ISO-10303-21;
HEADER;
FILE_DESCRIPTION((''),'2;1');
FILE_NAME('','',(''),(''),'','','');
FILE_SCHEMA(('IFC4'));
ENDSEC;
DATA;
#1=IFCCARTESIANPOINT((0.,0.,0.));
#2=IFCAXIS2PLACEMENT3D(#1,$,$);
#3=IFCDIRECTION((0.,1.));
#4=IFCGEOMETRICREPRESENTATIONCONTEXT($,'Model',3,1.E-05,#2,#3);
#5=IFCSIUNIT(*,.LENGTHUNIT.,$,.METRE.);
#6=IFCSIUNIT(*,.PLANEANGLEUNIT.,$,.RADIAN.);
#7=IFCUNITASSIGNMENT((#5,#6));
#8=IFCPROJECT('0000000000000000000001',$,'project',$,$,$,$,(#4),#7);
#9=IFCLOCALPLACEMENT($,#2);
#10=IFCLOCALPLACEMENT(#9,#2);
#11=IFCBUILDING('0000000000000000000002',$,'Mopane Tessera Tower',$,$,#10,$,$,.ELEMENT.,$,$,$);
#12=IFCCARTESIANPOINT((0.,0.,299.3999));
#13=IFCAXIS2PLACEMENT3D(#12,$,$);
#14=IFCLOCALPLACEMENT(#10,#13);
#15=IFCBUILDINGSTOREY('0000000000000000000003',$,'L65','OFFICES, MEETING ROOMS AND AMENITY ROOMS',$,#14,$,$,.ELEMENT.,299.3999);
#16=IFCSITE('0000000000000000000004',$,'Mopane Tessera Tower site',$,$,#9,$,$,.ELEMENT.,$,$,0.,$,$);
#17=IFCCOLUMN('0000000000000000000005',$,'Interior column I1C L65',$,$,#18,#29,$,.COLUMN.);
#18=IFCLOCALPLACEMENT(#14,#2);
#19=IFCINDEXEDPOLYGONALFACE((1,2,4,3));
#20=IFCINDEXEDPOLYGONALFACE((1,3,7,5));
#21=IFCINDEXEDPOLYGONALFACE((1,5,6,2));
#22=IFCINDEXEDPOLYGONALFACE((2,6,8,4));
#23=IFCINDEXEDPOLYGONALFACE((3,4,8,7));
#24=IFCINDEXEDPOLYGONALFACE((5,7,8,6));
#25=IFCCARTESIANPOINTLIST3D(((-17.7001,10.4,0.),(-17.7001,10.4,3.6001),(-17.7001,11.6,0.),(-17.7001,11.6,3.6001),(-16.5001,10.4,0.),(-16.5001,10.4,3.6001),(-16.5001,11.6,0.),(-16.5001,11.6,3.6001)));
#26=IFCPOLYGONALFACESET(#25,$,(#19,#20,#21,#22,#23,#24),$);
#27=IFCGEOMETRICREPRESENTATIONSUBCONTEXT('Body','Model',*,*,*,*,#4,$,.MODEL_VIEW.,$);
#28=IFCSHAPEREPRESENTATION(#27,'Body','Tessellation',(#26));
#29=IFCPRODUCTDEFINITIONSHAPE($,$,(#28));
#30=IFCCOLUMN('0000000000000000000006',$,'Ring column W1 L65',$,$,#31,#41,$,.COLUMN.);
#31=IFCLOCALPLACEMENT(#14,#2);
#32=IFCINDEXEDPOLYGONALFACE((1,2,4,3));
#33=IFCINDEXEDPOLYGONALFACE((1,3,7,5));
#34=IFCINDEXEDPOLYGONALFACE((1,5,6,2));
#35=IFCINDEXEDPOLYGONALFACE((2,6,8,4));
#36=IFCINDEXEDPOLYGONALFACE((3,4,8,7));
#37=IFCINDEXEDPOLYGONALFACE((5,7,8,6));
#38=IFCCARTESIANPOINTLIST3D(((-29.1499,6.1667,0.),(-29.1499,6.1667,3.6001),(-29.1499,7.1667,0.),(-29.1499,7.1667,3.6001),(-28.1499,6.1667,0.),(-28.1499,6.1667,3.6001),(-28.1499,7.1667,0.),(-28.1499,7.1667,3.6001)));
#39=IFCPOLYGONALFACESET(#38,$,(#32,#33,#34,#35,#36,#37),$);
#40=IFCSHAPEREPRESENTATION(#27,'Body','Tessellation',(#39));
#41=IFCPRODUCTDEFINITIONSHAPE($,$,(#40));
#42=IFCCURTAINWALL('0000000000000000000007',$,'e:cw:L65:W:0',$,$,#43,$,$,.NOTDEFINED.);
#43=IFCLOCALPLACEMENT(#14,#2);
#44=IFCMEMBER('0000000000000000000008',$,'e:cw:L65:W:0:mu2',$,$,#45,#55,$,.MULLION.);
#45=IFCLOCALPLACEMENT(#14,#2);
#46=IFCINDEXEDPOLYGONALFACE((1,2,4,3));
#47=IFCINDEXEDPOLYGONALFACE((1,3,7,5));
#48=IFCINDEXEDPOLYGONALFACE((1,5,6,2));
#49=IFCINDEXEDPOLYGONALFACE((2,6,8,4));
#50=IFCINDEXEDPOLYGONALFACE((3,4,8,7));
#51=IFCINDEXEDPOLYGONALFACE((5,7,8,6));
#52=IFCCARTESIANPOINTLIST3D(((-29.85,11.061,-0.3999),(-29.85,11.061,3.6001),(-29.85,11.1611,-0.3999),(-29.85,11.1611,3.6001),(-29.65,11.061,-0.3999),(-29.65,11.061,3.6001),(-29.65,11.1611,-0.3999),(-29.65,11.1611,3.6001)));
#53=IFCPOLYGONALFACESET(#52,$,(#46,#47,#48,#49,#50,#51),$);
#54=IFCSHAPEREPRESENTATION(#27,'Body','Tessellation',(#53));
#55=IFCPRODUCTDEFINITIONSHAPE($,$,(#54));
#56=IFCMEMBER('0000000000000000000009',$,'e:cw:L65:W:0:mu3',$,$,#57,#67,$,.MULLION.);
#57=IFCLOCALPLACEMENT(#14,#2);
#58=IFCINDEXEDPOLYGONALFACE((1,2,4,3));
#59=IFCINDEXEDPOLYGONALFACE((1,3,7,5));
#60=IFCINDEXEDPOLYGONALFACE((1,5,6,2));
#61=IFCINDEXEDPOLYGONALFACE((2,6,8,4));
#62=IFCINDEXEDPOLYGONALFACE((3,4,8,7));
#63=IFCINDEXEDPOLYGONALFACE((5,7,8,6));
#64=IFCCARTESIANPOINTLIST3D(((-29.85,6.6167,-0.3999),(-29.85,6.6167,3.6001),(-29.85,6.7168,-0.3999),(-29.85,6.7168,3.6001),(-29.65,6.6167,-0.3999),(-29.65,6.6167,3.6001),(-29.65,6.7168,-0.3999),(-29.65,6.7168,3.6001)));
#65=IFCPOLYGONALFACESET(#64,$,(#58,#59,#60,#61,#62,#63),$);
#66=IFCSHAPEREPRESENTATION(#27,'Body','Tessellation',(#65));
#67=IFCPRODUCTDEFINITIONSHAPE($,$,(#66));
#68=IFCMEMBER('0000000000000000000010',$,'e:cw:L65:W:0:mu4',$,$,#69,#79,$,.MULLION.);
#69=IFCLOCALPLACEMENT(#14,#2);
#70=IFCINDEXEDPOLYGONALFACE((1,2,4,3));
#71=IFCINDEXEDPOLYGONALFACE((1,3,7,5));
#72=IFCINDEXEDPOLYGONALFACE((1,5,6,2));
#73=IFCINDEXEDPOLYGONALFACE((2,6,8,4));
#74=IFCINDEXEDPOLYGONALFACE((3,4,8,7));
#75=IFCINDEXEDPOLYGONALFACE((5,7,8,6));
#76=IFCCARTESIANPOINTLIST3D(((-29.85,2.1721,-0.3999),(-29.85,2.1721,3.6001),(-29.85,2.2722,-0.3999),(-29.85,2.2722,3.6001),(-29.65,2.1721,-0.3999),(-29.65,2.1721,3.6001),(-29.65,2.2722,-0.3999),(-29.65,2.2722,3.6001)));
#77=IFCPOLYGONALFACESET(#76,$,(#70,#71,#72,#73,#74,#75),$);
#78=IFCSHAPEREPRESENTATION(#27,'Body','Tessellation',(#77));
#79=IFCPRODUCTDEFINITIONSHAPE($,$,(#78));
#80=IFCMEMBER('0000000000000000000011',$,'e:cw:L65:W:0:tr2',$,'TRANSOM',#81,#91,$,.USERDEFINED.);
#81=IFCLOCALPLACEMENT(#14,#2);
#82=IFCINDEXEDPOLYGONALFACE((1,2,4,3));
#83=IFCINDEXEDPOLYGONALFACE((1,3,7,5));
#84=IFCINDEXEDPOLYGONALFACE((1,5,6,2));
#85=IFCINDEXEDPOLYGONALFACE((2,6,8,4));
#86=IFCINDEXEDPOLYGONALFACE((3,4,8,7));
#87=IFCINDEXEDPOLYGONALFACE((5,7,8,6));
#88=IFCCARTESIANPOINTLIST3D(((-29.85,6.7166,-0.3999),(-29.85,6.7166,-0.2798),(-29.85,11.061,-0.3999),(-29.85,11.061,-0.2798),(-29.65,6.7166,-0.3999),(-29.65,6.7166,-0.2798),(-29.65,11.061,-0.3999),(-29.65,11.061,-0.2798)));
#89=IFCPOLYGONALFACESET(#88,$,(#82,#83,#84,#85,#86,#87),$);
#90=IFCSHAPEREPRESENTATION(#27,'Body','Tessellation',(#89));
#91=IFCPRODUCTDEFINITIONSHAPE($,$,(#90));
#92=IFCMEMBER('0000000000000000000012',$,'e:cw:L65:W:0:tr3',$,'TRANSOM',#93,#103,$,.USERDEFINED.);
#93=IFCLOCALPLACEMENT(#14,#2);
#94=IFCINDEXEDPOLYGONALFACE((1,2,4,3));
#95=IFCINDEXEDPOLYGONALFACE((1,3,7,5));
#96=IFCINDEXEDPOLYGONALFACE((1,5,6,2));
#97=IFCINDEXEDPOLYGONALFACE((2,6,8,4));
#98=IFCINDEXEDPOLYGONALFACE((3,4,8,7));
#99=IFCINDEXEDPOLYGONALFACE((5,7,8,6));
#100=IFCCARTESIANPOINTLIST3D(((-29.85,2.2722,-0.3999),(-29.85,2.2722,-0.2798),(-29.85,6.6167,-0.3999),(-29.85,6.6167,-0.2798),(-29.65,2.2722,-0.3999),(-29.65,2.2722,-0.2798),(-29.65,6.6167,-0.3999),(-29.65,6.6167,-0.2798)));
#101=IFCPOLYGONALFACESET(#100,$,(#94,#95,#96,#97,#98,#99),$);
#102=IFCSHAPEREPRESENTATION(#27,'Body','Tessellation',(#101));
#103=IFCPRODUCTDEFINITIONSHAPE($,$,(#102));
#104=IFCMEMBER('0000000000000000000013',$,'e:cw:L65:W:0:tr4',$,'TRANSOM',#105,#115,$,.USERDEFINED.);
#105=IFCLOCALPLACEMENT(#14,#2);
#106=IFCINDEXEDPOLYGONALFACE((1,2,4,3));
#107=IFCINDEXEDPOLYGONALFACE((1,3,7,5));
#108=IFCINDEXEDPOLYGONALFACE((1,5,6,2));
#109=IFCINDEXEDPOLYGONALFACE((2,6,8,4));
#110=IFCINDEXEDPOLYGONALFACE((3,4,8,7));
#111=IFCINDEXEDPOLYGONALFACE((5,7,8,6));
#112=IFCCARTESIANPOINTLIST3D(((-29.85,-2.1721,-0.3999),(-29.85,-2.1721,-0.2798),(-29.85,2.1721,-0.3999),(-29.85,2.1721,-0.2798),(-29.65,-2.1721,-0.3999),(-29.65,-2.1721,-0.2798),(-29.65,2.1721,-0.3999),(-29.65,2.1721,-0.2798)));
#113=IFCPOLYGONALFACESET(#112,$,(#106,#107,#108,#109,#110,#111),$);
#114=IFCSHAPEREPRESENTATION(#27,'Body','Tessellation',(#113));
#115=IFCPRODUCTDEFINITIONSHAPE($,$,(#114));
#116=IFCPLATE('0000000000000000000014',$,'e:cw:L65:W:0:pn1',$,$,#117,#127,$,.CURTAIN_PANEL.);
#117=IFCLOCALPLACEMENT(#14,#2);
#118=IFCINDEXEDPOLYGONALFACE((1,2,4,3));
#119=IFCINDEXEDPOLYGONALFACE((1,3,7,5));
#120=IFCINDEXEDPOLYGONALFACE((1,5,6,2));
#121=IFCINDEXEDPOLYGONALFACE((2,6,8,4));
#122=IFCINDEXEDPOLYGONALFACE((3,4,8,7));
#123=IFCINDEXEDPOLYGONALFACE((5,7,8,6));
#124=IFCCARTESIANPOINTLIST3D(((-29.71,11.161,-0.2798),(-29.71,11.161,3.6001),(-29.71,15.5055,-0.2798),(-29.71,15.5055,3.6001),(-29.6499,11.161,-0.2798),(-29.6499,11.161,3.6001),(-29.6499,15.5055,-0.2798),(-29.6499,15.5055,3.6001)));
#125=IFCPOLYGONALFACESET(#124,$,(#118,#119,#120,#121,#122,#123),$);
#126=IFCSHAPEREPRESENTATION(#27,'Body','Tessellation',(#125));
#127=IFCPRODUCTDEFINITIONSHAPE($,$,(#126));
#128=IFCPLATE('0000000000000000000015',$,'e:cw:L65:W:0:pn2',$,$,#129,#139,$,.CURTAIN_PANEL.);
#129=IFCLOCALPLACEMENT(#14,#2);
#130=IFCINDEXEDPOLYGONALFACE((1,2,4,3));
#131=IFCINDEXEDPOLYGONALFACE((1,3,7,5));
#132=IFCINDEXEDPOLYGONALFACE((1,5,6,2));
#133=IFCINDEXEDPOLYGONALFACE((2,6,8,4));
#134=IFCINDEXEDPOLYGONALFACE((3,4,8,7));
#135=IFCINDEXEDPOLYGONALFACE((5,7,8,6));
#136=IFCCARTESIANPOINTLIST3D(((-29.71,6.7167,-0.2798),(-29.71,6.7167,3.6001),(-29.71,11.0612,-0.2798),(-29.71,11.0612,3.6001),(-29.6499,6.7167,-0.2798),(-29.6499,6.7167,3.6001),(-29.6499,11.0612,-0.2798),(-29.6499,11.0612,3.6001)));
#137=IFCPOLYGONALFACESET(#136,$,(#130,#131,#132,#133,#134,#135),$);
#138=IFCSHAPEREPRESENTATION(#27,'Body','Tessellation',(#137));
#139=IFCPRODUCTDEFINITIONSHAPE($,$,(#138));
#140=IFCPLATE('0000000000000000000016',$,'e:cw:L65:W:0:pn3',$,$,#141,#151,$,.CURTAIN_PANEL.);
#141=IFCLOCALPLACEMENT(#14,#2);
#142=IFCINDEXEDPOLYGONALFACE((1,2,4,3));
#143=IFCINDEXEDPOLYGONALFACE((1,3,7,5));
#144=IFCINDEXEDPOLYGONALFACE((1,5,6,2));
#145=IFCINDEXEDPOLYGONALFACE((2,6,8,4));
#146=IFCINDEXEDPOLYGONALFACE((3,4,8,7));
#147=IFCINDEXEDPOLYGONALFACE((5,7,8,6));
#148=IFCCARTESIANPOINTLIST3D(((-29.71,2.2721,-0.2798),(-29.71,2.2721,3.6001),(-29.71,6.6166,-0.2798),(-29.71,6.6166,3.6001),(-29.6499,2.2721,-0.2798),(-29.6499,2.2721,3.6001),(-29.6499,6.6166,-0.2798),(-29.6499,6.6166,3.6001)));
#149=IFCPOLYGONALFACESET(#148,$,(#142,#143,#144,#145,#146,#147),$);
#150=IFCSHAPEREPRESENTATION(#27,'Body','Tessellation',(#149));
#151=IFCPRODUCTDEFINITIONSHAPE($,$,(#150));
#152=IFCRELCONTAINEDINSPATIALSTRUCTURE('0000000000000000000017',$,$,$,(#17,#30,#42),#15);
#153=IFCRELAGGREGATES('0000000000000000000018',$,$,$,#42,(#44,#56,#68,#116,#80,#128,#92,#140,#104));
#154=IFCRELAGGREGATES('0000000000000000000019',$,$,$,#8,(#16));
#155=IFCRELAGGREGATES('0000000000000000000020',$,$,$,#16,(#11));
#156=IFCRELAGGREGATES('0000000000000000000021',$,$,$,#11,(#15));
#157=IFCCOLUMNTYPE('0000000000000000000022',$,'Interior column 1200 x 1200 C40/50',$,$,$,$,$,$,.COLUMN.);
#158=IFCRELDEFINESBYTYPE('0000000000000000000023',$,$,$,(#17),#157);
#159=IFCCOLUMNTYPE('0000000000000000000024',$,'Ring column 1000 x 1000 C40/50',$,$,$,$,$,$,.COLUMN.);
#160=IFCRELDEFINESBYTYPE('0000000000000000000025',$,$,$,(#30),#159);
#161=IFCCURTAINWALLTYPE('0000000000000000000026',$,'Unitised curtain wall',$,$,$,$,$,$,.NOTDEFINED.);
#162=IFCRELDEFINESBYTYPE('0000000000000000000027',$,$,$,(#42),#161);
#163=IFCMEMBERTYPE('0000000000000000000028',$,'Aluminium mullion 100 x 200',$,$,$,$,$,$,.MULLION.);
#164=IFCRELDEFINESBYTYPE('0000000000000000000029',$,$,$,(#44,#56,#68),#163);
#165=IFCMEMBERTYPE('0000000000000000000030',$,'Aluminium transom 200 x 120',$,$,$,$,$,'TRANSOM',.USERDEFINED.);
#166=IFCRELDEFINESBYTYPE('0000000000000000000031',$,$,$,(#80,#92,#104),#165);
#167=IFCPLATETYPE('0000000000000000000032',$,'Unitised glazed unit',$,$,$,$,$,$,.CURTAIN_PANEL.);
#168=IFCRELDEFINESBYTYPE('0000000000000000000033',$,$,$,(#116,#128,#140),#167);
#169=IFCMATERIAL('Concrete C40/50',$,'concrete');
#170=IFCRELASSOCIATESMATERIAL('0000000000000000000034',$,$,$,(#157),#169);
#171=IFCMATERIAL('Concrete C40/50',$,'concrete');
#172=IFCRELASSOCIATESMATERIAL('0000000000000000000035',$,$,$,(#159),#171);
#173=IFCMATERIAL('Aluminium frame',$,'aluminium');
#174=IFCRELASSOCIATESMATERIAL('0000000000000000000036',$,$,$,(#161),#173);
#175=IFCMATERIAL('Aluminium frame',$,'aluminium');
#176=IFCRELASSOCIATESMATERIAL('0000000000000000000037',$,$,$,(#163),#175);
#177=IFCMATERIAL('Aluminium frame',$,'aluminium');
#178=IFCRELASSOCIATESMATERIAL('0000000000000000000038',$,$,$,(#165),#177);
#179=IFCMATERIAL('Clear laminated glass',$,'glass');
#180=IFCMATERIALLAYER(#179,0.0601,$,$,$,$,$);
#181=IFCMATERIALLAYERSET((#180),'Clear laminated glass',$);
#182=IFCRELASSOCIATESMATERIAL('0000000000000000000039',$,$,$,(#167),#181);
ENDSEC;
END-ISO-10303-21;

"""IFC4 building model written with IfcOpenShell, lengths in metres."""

from ifc_helpers import new_model, si_unit, direction, frame, origin, origin_2d, place, context, subcontext, project, spatial, rectangle, extrude, material, layer, layer_set, material_profile, profile_set, type_object, element, aggregate, save


model = new_model("IFC4")

# Units and contexts
model_context = context("Model", 3, precision=1e-05, world=origin(), true_north=direction((0.0, 1.0)))
body_context = subcontext(model_context, "Body", "Model", "MODEL_VIEW")
ifc_project = project(units=[si_unit("LENGTHUNIT", "METRE"), si_unit("PLANEANGLEUNIT", "RADIAN")], contexts=[model_context])

# Site, building, storey
site_placement = place(None, origin())
site = spatial("IfcSite", under=ifc_project, at=site_placement, Name="Mopane Tessera Tower site", CompositionType="ELEMENT", RefElevation=0.0)
building_placement = place(site_placement, origin())
building = spatial("IfcBuilding", under=site, at=building_placement, Name="Mopane Tessera Tower", CompositionType="ELEMENT")
storey_placement = place(building_placement, frame((0.0, 0.0, 299.3999)))
storey = spatial("IfcBuildingStorey", under=building, at=storey_placement, Name="L65", Description="OFFICES, MEETING ROOMS AND AMENITY ROOMS", CompositionType="ELEMENT", Elevation=299.3999)

# Columns
ifc_material_1 = material(Name="Concrete C40/50", Category="concrete")
ifc_material_profile_1 = material_profile(ifc_material_1, rectangle(XDim=1.2, YDim=1.2, at=origin_2d()))
ifc_profile_set_1 = profile_set([ifc_material_profile_1], Name="Concrete C40/50")
column_type_1 = type_object("IfcColumnType", Name="Interior column 1200 x 1200 C40/50", PredefinedType="COLUMN", material=ifc_profile_set_1)
column_1_placement = place(storey_placement, frame((-17.1001, 11.0, 0.0), z_axis=(0.0, 0.0, 1.0), x_axis=(1.0, 0.0, 0.0)))
element("IfcColumn", 1, at=column_1_placement, inside=storey, type_object=column_type_1, Name="Interior column I1C L65", PredefinedType="COLUMN", context=body_context, shape_type="SweptSolid", body=[
    extrude(rectangle(XDim=1.2, YDim=1.2, at=origin_2d()), origin(), (0.0, 0.0, 1.0), 3.6001),
])
ifc_material_2 = material(Name="Concrete C40/50", Category="concrete")
ifc_material_profile_2 = material_profile(ifc_material_2, rectangle(XDim=1.0, YDim=1.0, at=origin_2d()))
ifc_profile_set_2 = profile_set([ifc_material_profile_2], Name="Concrete C40/50")
column_type_2 = type_object("IfcColumnType", Name="Ring column 1000 x 1000 C40/50", PredefinedType="COLUMN", material=ifc_profile_set_2)
column_2_placement = place(storey_placement, frame((-28.6499, 6.6667, 0.0), z_axis=(0.0, 0.0, 1.0), x_axis=(1.0, 0.0, 0.0)))
element("IfcColumn", 2, at=column_2_placement, inside=storey, type_object=column_type_2, Name="Ring column W1 L65", PredefinedType="COLUMN", context=body_context, shape_type="SweptSolid", body=[
    extrude(rectangle(XDim=1.0, YDim=1.0, at=origin_2d()), origin(), (0.0, 0.0, 1.0), 3.6001),
])

# Curtain wall, members, plates
ifc_material_3 = material(Name="Aluminium frame", Category="aluminium")
curtain_wall_type = type_object("IfcCurtainWallType", Name="Unitised curtain wall", PredefinedType="NOTDEFINED", material=ifc_material_3)
curtain_wall_placement = place(storey_placement, origin())
curtain_wall = element("IfcCurtainWall", 3, at=curtain_wall_placement, inside=storey, type_object=curtain_wall_type, Name="e:cw:L65:W:0", PredefinedType="NOTDEFINED")
ifc_material_4 = material(Name="Aluminium frame", Category="aluminium")
ifc_material_profile_3 = material_profile(ifc_material_4, rectangle(XDim=0.1001, YDim=0.2, at=origin_2d()))
ifc_profile_set_3 = profile_set([ifc_material_profile_3], Name="Aluminium frame")
member_type_1 = type_object("IfcMemberType", Name="Aluminium mullion 100 x 200", PredefinedType="MULLION", material=ifc_profile_set_3)
member_1_placement = place(storey_placement, frame((-29.75, 11.1111, -0.3999), z_axis=(0.0, 0.0, 1.0), x_axis=(0.0, -1.0, 0.0)))
member_1 = element("IfcMember", 4, at=member_1_placement, type_object=member_type_1, Name="e:cw:L65:W:0:mu2", PredefinedType="MULLION", context=body_context, shape_type="SweptSolid", body=[
    extrude(rectangle(XDim=0.1001, YDim=0.2, at=origin_2d()), origin(), (0.0, 0.0, 1.0), 4.0),
])
member_2_placement = place(storey_placement, frame((-29.75, 6.6667, -0.3999), z_axis=(0.0, 0.0, 1.0), x_axis=(0.0, -1.0, 0.0)))
member_2 = element("IfcMember", 5, at=member_2_placement, type_object=member_type_1, Name="e:cw:L65:W:0:mu3", PredefinedType="MULLION", context=body_context, shape_type="SweptSolid", body=[
    extrude(rectangle(XDim=0.1001, YDim=0.2, at=origin_2d()), origin(), (0.0, 0.0, 1.0), 4.0),
])
member_3_placement = place(storey_placement, frame((-29.75, 2.2222, -0.3999), z_axis=(0.0, 0.0, 1.0), x_axis=(0.0, -1.0, 0.0)))
member_3 = element("IfcMember", 6, at=member_3_placement, type_object=member_type_1, Name="e:cw:L65:W:0:mu4", PredefinedType="MULLION", context=body_context, shape_type="SweptSolid", body=[
    extrude(rectangle(XDim=0.1001, YDim=0.2, at=origin_2d()), origin(), (0.0, 0.0, 1.0), 4.0),
])
ifc_material_5 = material(Name="Aluminium frame", Category="aluminium")
ifc_material_profile_4 = material_profile(ifc_material_5, rectangle(XDim=0.2, YDim=0.1201, at=origin_2d()))
ifc_profile_set_4 = profile_set([ifc_material_profile_4], Name="Aluminium frame")
member_type_2 = type_object("IfcMemberType", Name="Aluminium transom 200 x 120", ElementType="TRANSOM", PredefinedType="USERDEFINED", material=ifc_profile_set_4)
member_4_placement = place(storey_placement, frame((-29.75, 11.061, -0.3398), z_axis=(0.0, -1.0, 0.0), x_axis=(1.0, 0.0, 0.0)))
member_4 = element("IfcMember", 7, at=member_4_placement, type_object=member_type_2, Name="e:cw:L65:W:0:tr2", ObjectType="TRANSOM", PredefinedType="USERDEFINED", context=body_context, shape_type="SweptSolid", body=[
    extrude(rectangle(XDim=0.2, YDim=0.1201, at=origin_2d()), origin(), (0.0, 0.0, 1.0), 4.3445),
])
member_5_placement = place(storey_placement, frame((-29.75, 6.6167, -0.3398), z_axis=(0.0, -1.0, 0.0), x_axis=(1.0, 0.0, 0.0)))
member_5 = element("IfcMember", 8, at=member_5_placement, type_object=member_type_2, Name="e:cw:L65:W:0:tr3", ObjectType="TRANSOM", PredefinedType="USERDEFINED", context=body_context, shape_type="SweptSolid", body=[
    extrude(rectangle(XDim=0.2, YDim=0.1201, at=origin_2d()), origin(), (0.0, 0.0, 1.0), 4.3445),
])
member_6_placement = place(storey_placement, frame((-29.75, 2.1721, -0.3398), z_axis=(0.0, -1.0, 0.0), x_axis=(1.0, 0.0, 0.0)))
member_6 = element("IfcMember", 9, at=member_6_placement, type_object=member_type_2, Name="e:cw:L65:W:0:tr4", ObjectType="TRANSOM", PredefinedType="USERDEFINED", context=body_context, shape_type="SweptSolid", body=[
    extrude(rectangle(XDim=0.2, YDim=0.1201, at=origin_2d()), origin(), (0.0, 0.0, 1.0), 4.3442),
])
ifc_material_6 = material(Name="Clear laminated glass", Category="glass")
ifc_layer_1 = layer(ifc_material_6, 0.0601)
ifc_layer_set_1 = layer_set([ifc_layer_1], Name="Clear laminated glass")
plate_type = type_object("IfcPlateType", Name="Unitised glazed unit", PredefinedType="CURTAIN_PANEL", material=ifc_layer_set_1)
plate_1_placement = place(storey_placement, frame((-29.6799, 13.3333, -0.2798), z_axis=(0.0, 0.0, 1.0), x_axis=(0.0, -1.0, 0.0)))
plate_1 = element("IfcPlate", 10, at=plate_1_placement, type_object=plate_type, Name="e:cw:L65:W:0:pn1", PredefinedType="CURTAIN_PANEL", context=body_context, shape_type="SweptSolid", body=[
    extrude(rectangle(XDim=4.3445, YDim=0.0601, at=origin_2d()), origin(), (0.0, 0.0, 1.0), 3.8799),
])
plate_2_placement = place(storey_placement, frame((-29.6799, 8.8889, -0.2798), z_axis=(0.0, 0.0, 1.0), x_axis=(0.0, -1.0, 0.0)))
plate_2 = element("IfcPlate", 11, at=plate_2_placement, type_object=plate_type, Name="e:cw:L65:W:0:pn2", PredefinedType="CURTAIN_PANEL", context=body_context, shape_type="SweptSolid", body=[
    extrude(rectangle(XDim=4.3445, YDim=0.0601, at=origin_2d()), origin(), (0.0, 0.0, 1.0), 3.8799),
])
plate_3_placement = place(storey_placement, frame((-29.6799, 4.4443, -0.2798), z_axis=(0.0, 0.0, 1.0), x_axis=(0.0, -1.0, 0.0)))
plate_3 = element("IfcPlate", 12, at=plate_3_placement, type_object=plate_type, Name="e:cw:L65:W:0:pn3", PredefinedType="CURTAIN_PANEL", context=body_context, shape_type="SweptSolid", body=[
    extrude(rectangle(XDim=4.3445, YDim=0.0601, at=origin_2d()), origin(), (0.0, 0.0, 1.0), 3.8799),
])
aggregate(curtain_wall, [member_1, member_2, member_3, plate_1, member_4, plate_2, member_5, plate_3, member_6])

save(model, "model.ifc")
